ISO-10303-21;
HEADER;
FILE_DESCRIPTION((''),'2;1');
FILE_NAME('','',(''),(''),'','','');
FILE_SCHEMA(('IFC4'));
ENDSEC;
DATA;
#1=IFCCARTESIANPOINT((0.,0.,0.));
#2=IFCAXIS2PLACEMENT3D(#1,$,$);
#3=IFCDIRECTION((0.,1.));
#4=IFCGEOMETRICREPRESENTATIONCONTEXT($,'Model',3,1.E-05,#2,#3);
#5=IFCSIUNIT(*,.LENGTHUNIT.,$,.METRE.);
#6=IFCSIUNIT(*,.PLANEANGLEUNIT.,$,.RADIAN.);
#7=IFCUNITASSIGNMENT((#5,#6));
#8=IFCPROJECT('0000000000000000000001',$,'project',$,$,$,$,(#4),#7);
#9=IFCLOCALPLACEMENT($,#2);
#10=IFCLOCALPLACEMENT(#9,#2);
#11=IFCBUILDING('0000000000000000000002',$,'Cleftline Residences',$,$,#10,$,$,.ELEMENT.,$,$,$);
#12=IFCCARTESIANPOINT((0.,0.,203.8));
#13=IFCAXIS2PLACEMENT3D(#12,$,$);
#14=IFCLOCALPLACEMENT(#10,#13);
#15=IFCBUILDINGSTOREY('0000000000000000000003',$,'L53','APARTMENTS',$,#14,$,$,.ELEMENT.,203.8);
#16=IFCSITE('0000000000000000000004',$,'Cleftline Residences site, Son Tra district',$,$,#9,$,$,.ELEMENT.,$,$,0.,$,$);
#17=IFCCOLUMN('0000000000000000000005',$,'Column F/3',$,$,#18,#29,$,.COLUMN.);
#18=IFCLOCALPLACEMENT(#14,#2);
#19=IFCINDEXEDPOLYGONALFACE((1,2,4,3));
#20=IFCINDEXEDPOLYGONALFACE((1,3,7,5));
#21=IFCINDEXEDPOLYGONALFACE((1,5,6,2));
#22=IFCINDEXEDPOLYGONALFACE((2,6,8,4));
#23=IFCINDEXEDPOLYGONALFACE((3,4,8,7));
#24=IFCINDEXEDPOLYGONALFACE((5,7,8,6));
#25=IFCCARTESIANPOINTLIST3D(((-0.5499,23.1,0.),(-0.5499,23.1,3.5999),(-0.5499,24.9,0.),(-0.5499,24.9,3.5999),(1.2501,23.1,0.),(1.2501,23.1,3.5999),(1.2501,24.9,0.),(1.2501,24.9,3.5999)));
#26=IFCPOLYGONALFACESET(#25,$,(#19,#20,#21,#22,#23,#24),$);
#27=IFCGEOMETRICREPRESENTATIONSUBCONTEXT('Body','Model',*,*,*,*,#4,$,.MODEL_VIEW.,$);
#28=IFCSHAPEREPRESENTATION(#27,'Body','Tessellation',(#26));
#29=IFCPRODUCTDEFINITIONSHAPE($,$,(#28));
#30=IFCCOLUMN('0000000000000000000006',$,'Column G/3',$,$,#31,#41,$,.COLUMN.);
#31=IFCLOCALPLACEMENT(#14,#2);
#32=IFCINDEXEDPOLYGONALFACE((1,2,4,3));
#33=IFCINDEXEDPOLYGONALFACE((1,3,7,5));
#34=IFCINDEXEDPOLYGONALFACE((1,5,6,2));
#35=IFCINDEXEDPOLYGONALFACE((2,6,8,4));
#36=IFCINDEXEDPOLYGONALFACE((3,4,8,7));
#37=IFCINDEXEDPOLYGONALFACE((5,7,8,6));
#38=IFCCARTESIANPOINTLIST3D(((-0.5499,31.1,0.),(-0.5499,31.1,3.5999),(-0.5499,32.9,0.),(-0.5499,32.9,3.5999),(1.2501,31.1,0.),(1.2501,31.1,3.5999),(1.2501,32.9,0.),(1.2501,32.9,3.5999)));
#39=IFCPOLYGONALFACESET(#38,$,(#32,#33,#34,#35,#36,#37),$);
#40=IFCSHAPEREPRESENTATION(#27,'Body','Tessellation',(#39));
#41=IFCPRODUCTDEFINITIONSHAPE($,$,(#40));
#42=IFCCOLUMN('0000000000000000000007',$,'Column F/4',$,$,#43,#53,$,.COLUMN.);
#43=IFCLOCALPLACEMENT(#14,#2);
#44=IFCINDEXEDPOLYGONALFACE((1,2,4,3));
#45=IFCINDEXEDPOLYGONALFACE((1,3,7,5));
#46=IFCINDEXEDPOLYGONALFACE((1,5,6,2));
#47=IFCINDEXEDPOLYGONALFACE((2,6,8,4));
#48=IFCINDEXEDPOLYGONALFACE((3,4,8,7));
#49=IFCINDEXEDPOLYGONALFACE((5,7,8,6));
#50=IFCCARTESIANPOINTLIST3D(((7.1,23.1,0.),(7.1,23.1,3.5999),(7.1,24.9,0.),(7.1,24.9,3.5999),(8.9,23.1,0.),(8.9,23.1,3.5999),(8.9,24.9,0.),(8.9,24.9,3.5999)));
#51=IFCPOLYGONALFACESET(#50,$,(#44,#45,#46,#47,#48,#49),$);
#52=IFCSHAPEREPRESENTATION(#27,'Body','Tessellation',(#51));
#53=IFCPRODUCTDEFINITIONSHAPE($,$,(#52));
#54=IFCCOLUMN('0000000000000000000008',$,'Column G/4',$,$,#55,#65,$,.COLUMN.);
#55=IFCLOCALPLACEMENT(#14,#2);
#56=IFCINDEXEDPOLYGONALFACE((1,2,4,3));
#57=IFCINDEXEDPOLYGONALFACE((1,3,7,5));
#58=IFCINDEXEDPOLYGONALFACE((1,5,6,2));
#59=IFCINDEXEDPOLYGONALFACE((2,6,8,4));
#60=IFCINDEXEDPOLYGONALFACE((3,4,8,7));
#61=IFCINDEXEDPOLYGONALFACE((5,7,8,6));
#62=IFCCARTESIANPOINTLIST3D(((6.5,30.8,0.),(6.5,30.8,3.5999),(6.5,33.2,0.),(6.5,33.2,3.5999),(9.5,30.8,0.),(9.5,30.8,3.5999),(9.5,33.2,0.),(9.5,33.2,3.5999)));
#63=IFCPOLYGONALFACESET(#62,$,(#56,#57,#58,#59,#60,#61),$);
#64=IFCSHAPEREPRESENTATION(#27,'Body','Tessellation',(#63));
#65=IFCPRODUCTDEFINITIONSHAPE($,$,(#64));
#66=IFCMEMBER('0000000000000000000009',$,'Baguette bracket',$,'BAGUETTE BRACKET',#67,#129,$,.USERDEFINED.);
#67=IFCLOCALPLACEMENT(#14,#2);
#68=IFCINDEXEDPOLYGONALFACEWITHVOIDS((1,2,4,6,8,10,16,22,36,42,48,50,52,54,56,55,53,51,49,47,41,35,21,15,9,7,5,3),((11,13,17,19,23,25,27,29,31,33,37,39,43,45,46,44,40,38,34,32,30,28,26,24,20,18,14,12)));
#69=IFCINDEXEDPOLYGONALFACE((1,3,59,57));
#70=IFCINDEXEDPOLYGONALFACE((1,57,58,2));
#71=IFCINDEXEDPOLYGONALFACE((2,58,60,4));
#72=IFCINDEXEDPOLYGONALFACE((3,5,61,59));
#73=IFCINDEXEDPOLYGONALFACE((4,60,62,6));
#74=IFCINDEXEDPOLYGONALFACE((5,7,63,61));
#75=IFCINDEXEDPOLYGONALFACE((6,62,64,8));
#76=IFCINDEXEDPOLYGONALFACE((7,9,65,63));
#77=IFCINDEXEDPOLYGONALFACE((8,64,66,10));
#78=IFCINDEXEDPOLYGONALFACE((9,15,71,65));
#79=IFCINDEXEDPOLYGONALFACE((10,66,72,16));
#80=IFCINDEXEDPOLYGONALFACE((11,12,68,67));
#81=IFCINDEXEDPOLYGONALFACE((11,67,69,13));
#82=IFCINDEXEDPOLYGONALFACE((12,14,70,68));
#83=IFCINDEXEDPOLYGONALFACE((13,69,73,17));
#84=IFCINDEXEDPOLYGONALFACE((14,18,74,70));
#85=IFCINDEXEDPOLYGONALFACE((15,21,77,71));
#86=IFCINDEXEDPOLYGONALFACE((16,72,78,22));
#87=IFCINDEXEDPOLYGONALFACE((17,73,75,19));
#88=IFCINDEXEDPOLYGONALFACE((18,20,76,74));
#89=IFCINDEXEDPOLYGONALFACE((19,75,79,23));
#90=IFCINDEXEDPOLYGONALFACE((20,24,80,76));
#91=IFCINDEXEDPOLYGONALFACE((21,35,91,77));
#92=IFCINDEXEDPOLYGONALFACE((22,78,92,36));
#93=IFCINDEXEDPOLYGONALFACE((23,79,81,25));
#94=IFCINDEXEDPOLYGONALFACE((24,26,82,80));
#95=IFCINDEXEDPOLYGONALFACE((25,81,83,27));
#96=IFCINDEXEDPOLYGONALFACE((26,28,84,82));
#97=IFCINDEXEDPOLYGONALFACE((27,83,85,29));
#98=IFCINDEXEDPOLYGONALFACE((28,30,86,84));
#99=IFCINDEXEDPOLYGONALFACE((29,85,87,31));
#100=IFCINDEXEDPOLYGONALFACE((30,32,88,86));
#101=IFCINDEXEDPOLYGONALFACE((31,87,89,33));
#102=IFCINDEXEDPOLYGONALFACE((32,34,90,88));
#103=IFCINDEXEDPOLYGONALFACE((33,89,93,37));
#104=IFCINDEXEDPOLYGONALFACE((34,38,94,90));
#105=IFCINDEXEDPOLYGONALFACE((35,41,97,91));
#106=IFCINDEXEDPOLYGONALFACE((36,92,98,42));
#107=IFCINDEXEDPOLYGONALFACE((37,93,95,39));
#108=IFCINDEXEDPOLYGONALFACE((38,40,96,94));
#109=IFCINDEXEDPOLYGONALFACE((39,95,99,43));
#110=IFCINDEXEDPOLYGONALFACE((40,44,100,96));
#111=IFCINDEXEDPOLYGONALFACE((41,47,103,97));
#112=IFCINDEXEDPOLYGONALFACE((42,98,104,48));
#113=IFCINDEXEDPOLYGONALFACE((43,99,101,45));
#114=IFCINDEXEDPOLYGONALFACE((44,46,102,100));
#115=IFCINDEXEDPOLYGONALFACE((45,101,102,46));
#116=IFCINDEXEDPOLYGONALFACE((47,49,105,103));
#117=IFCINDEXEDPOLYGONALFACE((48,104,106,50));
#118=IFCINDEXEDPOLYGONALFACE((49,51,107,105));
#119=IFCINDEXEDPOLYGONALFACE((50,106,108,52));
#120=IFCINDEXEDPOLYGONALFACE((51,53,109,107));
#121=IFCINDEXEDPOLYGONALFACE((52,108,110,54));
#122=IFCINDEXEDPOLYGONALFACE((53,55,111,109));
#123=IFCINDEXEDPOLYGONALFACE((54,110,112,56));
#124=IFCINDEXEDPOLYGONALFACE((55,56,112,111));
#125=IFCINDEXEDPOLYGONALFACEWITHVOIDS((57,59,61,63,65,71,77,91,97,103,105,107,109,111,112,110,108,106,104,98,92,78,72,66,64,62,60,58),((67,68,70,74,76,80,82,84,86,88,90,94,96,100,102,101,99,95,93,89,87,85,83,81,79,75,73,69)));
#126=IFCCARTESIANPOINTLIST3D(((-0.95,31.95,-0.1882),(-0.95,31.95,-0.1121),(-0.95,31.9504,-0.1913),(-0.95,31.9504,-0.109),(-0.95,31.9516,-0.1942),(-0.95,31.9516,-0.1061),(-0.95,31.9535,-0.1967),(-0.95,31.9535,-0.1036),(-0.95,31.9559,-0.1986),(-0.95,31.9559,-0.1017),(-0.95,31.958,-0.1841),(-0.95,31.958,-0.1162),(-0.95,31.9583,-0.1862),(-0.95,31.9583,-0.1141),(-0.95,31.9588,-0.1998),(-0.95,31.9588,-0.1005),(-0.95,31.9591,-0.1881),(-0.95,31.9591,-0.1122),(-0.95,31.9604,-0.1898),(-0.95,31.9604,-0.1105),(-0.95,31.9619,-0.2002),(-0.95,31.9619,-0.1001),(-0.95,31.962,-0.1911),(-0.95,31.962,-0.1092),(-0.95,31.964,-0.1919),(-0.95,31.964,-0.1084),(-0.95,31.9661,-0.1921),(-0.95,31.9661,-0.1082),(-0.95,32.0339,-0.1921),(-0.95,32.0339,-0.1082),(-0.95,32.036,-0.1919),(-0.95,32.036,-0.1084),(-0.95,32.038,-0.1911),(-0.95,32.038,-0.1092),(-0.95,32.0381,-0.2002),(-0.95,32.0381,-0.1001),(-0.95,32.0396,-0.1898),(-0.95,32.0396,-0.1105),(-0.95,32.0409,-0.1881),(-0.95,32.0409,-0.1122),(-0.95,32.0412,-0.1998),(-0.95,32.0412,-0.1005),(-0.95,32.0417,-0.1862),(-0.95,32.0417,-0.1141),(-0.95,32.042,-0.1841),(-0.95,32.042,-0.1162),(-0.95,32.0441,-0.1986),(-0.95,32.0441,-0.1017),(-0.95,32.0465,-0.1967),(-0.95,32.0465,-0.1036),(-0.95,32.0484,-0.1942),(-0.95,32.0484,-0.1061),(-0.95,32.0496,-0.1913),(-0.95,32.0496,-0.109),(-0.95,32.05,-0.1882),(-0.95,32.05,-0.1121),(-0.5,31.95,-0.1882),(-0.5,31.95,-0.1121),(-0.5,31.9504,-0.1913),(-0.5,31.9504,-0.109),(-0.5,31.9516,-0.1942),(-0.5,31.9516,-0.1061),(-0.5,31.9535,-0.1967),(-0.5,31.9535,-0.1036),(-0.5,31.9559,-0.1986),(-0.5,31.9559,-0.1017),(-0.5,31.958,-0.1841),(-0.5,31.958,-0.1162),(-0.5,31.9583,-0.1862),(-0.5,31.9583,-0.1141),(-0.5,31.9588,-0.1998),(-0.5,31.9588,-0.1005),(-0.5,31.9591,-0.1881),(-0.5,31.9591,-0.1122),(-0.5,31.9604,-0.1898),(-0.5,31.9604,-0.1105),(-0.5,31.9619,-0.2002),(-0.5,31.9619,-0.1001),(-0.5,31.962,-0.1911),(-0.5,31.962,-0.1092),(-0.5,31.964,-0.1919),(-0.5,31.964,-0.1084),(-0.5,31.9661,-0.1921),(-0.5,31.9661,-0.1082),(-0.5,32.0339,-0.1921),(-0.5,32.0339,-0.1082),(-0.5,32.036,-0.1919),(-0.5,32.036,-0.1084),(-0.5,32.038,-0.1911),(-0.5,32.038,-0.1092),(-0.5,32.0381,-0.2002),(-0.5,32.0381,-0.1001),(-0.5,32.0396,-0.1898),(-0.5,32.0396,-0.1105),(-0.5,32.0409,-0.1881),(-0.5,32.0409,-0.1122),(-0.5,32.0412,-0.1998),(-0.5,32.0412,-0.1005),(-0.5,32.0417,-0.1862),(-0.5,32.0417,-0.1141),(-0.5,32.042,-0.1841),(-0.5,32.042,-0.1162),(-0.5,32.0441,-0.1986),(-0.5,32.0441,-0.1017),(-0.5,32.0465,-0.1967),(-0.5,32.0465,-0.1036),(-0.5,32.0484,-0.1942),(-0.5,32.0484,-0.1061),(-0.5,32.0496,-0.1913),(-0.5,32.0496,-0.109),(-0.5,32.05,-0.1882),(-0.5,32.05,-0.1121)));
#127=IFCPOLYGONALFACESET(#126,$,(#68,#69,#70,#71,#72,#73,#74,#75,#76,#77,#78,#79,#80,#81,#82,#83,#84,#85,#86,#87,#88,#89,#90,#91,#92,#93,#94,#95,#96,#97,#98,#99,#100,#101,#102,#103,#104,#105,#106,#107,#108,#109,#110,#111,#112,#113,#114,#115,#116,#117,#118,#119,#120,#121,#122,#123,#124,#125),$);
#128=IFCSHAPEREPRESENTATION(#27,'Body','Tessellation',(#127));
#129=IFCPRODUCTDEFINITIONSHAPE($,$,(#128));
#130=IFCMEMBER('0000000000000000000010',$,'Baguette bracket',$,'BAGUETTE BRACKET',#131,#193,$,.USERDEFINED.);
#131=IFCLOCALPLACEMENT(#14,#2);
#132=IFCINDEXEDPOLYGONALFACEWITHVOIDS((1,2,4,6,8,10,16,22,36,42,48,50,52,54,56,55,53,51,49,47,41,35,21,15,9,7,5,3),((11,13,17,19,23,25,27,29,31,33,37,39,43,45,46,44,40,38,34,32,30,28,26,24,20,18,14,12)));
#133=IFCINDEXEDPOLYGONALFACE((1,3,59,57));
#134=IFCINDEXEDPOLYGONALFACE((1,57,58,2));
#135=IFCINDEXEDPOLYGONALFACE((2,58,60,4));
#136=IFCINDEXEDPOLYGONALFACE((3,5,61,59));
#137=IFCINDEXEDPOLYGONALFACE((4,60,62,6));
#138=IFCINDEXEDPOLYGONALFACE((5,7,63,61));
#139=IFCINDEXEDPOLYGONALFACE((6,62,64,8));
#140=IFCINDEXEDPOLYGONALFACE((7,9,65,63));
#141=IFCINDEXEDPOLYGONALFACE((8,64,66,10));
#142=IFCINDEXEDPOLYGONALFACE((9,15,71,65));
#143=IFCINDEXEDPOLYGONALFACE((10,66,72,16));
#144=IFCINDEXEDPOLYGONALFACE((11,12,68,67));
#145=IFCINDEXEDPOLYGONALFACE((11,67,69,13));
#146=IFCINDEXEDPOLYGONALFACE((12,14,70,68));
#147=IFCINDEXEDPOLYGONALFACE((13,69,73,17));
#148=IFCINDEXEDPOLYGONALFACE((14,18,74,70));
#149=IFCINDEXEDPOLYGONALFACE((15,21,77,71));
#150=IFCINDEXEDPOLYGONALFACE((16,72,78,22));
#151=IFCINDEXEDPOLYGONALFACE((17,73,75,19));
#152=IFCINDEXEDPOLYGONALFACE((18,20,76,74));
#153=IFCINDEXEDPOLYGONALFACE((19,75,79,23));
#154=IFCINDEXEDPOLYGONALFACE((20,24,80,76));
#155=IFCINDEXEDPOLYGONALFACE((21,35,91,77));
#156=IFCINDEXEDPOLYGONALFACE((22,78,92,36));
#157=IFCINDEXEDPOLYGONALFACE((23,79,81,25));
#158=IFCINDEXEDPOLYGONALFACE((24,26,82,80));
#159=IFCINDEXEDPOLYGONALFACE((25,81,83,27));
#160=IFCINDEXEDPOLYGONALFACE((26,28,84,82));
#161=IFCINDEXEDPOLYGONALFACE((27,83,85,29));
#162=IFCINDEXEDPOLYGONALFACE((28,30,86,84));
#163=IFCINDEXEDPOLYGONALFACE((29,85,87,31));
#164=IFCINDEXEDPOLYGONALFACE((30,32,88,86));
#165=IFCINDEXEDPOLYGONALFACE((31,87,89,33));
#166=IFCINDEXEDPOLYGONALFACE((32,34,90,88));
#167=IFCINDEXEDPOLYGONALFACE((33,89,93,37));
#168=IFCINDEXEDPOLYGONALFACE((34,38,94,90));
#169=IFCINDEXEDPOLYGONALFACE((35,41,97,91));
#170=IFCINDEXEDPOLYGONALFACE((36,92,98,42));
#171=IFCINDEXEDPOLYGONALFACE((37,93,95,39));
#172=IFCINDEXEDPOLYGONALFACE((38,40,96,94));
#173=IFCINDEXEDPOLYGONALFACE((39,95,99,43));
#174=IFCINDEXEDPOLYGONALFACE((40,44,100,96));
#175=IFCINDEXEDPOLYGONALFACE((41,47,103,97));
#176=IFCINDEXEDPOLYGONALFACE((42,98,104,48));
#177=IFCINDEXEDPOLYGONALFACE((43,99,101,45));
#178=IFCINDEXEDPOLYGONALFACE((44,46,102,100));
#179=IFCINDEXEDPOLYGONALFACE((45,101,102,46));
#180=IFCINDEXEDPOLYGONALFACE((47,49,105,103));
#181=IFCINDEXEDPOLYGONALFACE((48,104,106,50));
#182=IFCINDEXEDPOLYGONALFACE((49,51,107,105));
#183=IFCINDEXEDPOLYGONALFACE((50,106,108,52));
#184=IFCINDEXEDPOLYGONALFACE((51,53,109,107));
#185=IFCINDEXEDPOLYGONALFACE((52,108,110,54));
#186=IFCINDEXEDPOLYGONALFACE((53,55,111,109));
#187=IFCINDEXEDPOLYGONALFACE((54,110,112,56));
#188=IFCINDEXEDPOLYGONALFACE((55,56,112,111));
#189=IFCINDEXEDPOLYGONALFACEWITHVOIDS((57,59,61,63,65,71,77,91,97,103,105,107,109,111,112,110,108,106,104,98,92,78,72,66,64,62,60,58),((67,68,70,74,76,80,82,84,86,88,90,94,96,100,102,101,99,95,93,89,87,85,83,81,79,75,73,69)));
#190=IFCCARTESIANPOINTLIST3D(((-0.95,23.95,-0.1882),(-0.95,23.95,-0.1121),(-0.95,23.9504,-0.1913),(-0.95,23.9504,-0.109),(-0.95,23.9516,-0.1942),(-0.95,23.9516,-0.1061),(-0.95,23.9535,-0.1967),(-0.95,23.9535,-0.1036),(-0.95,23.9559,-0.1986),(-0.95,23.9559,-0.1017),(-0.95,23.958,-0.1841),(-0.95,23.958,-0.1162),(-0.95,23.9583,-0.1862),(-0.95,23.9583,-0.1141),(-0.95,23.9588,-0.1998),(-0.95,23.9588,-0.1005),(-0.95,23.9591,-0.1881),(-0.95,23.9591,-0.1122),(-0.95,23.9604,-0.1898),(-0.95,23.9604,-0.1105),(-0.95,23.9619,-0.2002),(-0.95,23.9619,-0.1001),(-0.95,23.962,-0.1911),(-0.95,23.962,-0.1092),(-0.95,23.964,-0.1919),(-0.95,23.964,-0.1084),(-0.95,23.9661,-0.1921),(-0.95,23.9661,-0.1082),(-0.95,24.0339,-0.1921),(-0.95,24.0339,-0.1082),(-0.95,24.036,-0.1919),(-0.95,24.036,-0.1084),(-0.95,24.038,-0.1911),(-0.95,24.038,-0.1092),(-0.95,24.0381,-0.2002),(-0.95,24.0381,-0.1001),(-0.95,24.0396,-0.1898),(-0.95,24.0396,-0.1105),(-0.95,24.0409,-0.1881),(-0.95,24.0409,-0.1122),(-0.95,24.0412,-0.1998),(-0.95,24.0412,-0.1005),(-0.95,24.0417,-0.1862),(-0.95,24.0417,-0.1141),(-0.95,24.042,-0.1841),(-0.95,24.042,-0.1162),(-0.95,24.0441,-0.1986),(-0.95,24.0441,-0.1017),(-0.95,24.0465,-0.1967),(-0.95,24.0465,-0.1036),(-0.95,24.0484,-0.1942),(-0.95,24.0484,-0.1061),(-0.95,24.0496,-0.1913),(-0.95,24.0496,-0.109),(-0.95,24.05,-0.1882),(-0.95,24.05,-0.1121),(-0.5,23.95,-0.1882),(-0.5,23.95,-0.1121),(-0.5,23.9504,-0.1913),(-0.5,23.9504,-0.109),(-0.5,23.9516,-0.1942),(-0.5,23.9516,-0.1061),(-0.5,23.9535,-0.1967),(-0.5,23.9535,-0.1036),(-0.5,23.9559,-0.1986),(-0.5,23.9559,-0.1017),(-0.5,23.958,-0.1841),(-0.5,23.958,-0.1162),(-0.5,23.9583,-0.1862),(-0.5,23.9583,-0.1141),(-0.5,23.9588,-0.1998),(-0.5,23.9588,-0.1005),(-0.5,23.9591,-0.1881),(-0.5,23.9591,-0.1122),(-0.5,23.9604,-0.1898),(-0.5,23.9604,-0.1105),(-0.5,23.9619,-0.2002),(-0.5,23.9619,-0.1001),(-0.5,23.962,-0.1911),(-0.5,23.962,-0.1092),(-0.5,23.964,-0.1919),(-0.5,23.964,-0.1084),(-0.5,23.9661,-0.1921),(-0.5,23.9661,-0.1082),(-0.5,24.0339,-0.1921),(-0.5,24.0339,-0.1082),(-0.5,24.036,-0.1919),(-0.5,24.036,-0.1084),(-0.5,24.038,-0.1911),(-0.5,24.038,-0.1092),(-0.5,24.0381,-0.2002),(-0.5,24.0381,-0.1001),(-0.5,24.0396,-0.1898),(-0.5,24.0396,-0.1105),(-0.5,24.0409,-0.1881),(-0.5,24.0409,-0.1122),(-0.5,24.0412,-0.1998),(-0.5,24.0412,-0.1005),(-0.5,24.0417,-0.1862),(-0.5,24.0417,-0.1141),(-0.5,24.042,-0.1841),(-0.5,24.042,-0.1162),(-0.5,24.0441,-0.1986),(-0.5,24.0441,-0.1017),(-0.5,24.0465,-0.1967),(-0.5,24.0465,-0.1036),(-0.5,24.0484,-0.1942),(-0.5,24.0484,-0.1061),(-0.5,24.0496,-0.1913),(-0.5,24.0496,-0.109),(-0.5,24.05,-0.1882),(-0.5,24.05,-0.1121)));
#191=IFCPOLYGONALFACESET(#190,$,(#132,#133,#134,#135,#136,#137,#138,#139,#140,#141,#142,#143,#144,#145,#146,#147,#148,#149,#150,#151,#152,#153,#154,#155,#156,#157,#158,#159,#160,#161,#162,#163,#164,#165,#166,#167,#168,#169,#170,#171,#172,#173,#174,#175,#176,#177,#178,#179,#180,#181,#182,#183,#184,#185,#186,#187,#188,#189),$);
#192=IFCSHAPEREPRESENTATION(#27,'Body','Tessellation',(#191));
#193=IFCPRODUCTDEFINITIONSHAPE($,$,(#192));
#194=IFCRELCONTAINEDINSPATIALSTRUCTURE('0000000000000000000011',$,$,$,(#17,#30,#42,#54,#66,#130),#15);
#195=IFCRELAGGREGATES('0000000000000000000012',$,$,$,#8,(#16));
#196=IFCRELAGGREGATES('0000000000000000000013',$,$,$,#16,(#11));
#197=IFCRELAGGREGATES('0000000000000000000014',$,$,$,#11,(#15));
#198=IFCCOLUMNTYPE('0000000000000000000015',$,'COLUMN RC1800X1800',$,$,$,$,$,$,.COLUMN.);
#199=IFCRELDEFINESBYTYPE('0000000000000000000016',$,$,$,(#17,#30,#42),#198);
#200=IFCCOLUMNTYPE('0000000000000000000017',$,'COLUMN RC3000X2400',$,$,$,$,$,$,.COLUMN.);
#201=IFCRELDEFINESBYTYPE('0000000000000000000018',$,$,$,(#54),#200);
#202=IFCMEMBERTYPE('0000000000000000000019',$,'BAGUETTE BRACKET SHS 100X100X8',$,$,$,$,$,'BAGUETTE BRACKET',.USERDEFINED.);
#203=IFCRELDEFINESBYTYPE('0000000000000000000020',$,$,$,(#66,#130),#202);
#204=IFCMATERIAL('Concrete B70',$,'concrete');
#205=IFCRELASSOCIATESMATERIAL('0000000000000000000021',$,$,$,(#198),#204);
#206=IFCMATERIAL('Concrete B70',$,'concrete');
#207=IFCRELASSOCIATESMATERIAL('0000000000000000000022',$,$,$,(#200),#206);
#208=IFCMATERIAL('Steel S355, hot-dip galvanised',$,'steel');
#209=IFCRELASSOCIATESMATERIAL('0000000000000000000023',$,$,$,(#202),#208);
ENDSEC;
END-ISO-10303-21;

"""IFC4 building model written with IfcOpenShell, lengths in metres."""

from ifc_helpers import new_model, si_unit, direction, frame, origin, origin_2d, place, context, subcontext, project, spatial, rectangle, hollow_rectangle, extrude, material, material_profile, profile_set, type_object, element, save


model = new_model("IFC4")

# Units and contexts
model_context = context("Model", 3, precision=1e-05, world=origin(), true_north=direction((0.0, 1.0)))
body_context = subcontext(model_context, "Body", "Model", "MODEL_VIEW")
ifc_project = project(units=[si_unit("LENGTHUNIT", "METRE"), si_unit("PLANEANGLEUNIT", "RADIAN")], contexts=[model_context])

# Site, building, storey
site_placement = place(None, origin())
site = spatial("IfcSite", under=ifc_project, at=site_placement, Name="Cleftline Residences site, Son Tra district", CompositionType="ELEMENT", RefElevation=0.0)
building_placement = place(site_placement, origin())
building = spatial("IfcBuilding", under=site, at=building_placement, Name="Cleftline Residences", CompositionType="ELEMENT")
storey_placement = place(building_placement, frame((0.0, 0.0, 203.8)))
storey = spatial("IfcBuildingStorey", under=building, at=storey_placement, Name="L53", Description="APARTMENTS", CompositionType="ELEMENT", Elevation=203.8)

# Columns
ifc_material_1 = material(Name="Concrete B70", Category="concrete")
ifc_material_profile_1 = material_profile(ifc_material_1, rectangle(XDim=1.8, YDim=1.8, at=origin_2d()))
ifc_profile_set_1 = profile_set([ifc_material_profile_1], Name="Concrete B70")
column_type_1 = type_object("IfcColumnType", Name="COLUMN RC1800X1800", PredefinedType="COLUMN", material=ifc_profile_set_1)
for number, where, z_axis, x_axis, name in (
    (1, (0.3501, 24.0, 0.0), (0.0, 0.0, 1.0), (1.0, 0.0, 0.0), "Column F/3"),
    (2, (0.3501, 32.0, 0.0), (0.0, 0.0, 1.0), (1.0, 0.0, 0.0), "Column G/3"),
    (3, (8.0, 24.0, 0.0), (0.0, 0.0, 1.0), (1.0, 0.0, 0.0), "Column F/4"),
):
    element("IfcColumn", number, at=place(storey_placement, frame(where, z_axis=z_axis, x_axis=x_axis)), inside=storey, type_object=column_type_1, Name=name, PredefinedType="COLUMN", context=body_context, shape_type="SweptSolid", body=[
        extrude(rectangle(XDim=1.8, YDim=1.8, at=origin_2d()), origin(), (0.0, 0.0, 1.0), 3.5999),
    ])
ifc_material_2 = material(Name="Concrete B70", Category="concrete")
ifc_material_profile_2 = material_profile(ifc_material_2, rectangle(XDim=3.0, YDim=2.3999, at=origin_2d()))
ifc_profile_set_2 = profile_set([ifc_material_profile_2], Name="Concrete B70")
column_type_2 = type_object("IfcColumnType", Name="COLUMN RC3000X2400", PredefinedType="COLUMN", material=ifc_profile_set_2)
column_placement = place(storey_placement, frame((8.0, 32.0, 0.0), z_axis=(0.0, 0.0, 1.0), x_axis=(1.0, 0.0, 0.0)))
element("IfcColumn", 4, at=column_placement, inside=storey, type_object=column_type_2, Name="Column G/4", PredefinedType="COLUMN", context=body_context, shape_type="SweptSolid", body=[
    extrude(rectangle(XDim=3.0, YDim=2.3999, at=origin_2d()), origin(), (0.0, 0.0, 1.0), 3.5999),
])

# Members
ifc_material_3 = material(Name="Steel S355, hot-dip galvanised", Category="steel")
ifc_material_profile_3 = material_profile(ifc_material_3, hollow_rectangle(XDim=0.1001, YDim=0.1001, WallThickness=0.0081, InnerFilletRadius=0.0081, OuterFilletRadius=0.012, at=origin_2d()))
ifc_profile_set_3 = profile_set([ifc_material_profile_3], Name="Steel S355, hot-dip galvanised")
member_type_1 = type_object("IfcMemberType", Name="BAGUETTE BRACKET SHS 100X100X8", ElementType="BAGUETTE BRACKET", PredefinedType="USERDEFINED", material=ifc_profile_set_3)
for number, where, z_axis, x_axis, name in (
    (5, (-0.5, 32.0, -0.1501), (-1.0, 0.0, 0.0), (0.0, -1.0, 0.0), "Baguette bracket"),
    (6, (-0.5, 24.0, -0.1501), (-1.0, 0.0, 0.0), (0.0, -1.0, 0.0), "Baguette bracket"),
):
    element("IfcMember", number, at=place(storey_placement, frame(where, z_axis=z_axis, x_axis=x_axis)), inside=storey, type_object=member_type_1, Name=name, ObjectType="BAGUETTE BRACKET", PredefinedType="USERDEFINED", context=body_context, shape_type="SweptSolid", body=[
        extrude(hollow_rectangle(XDim=0.1001, YDim=0.1001, WallThickness=0.0081, InnerFilletRadius=0.0081, OuterFilletRadius=0.012, at=origin_2d()), origin(), (0.0, 0.0, 1.0), 0.45),
    ])

save(model, "model.ifc")
